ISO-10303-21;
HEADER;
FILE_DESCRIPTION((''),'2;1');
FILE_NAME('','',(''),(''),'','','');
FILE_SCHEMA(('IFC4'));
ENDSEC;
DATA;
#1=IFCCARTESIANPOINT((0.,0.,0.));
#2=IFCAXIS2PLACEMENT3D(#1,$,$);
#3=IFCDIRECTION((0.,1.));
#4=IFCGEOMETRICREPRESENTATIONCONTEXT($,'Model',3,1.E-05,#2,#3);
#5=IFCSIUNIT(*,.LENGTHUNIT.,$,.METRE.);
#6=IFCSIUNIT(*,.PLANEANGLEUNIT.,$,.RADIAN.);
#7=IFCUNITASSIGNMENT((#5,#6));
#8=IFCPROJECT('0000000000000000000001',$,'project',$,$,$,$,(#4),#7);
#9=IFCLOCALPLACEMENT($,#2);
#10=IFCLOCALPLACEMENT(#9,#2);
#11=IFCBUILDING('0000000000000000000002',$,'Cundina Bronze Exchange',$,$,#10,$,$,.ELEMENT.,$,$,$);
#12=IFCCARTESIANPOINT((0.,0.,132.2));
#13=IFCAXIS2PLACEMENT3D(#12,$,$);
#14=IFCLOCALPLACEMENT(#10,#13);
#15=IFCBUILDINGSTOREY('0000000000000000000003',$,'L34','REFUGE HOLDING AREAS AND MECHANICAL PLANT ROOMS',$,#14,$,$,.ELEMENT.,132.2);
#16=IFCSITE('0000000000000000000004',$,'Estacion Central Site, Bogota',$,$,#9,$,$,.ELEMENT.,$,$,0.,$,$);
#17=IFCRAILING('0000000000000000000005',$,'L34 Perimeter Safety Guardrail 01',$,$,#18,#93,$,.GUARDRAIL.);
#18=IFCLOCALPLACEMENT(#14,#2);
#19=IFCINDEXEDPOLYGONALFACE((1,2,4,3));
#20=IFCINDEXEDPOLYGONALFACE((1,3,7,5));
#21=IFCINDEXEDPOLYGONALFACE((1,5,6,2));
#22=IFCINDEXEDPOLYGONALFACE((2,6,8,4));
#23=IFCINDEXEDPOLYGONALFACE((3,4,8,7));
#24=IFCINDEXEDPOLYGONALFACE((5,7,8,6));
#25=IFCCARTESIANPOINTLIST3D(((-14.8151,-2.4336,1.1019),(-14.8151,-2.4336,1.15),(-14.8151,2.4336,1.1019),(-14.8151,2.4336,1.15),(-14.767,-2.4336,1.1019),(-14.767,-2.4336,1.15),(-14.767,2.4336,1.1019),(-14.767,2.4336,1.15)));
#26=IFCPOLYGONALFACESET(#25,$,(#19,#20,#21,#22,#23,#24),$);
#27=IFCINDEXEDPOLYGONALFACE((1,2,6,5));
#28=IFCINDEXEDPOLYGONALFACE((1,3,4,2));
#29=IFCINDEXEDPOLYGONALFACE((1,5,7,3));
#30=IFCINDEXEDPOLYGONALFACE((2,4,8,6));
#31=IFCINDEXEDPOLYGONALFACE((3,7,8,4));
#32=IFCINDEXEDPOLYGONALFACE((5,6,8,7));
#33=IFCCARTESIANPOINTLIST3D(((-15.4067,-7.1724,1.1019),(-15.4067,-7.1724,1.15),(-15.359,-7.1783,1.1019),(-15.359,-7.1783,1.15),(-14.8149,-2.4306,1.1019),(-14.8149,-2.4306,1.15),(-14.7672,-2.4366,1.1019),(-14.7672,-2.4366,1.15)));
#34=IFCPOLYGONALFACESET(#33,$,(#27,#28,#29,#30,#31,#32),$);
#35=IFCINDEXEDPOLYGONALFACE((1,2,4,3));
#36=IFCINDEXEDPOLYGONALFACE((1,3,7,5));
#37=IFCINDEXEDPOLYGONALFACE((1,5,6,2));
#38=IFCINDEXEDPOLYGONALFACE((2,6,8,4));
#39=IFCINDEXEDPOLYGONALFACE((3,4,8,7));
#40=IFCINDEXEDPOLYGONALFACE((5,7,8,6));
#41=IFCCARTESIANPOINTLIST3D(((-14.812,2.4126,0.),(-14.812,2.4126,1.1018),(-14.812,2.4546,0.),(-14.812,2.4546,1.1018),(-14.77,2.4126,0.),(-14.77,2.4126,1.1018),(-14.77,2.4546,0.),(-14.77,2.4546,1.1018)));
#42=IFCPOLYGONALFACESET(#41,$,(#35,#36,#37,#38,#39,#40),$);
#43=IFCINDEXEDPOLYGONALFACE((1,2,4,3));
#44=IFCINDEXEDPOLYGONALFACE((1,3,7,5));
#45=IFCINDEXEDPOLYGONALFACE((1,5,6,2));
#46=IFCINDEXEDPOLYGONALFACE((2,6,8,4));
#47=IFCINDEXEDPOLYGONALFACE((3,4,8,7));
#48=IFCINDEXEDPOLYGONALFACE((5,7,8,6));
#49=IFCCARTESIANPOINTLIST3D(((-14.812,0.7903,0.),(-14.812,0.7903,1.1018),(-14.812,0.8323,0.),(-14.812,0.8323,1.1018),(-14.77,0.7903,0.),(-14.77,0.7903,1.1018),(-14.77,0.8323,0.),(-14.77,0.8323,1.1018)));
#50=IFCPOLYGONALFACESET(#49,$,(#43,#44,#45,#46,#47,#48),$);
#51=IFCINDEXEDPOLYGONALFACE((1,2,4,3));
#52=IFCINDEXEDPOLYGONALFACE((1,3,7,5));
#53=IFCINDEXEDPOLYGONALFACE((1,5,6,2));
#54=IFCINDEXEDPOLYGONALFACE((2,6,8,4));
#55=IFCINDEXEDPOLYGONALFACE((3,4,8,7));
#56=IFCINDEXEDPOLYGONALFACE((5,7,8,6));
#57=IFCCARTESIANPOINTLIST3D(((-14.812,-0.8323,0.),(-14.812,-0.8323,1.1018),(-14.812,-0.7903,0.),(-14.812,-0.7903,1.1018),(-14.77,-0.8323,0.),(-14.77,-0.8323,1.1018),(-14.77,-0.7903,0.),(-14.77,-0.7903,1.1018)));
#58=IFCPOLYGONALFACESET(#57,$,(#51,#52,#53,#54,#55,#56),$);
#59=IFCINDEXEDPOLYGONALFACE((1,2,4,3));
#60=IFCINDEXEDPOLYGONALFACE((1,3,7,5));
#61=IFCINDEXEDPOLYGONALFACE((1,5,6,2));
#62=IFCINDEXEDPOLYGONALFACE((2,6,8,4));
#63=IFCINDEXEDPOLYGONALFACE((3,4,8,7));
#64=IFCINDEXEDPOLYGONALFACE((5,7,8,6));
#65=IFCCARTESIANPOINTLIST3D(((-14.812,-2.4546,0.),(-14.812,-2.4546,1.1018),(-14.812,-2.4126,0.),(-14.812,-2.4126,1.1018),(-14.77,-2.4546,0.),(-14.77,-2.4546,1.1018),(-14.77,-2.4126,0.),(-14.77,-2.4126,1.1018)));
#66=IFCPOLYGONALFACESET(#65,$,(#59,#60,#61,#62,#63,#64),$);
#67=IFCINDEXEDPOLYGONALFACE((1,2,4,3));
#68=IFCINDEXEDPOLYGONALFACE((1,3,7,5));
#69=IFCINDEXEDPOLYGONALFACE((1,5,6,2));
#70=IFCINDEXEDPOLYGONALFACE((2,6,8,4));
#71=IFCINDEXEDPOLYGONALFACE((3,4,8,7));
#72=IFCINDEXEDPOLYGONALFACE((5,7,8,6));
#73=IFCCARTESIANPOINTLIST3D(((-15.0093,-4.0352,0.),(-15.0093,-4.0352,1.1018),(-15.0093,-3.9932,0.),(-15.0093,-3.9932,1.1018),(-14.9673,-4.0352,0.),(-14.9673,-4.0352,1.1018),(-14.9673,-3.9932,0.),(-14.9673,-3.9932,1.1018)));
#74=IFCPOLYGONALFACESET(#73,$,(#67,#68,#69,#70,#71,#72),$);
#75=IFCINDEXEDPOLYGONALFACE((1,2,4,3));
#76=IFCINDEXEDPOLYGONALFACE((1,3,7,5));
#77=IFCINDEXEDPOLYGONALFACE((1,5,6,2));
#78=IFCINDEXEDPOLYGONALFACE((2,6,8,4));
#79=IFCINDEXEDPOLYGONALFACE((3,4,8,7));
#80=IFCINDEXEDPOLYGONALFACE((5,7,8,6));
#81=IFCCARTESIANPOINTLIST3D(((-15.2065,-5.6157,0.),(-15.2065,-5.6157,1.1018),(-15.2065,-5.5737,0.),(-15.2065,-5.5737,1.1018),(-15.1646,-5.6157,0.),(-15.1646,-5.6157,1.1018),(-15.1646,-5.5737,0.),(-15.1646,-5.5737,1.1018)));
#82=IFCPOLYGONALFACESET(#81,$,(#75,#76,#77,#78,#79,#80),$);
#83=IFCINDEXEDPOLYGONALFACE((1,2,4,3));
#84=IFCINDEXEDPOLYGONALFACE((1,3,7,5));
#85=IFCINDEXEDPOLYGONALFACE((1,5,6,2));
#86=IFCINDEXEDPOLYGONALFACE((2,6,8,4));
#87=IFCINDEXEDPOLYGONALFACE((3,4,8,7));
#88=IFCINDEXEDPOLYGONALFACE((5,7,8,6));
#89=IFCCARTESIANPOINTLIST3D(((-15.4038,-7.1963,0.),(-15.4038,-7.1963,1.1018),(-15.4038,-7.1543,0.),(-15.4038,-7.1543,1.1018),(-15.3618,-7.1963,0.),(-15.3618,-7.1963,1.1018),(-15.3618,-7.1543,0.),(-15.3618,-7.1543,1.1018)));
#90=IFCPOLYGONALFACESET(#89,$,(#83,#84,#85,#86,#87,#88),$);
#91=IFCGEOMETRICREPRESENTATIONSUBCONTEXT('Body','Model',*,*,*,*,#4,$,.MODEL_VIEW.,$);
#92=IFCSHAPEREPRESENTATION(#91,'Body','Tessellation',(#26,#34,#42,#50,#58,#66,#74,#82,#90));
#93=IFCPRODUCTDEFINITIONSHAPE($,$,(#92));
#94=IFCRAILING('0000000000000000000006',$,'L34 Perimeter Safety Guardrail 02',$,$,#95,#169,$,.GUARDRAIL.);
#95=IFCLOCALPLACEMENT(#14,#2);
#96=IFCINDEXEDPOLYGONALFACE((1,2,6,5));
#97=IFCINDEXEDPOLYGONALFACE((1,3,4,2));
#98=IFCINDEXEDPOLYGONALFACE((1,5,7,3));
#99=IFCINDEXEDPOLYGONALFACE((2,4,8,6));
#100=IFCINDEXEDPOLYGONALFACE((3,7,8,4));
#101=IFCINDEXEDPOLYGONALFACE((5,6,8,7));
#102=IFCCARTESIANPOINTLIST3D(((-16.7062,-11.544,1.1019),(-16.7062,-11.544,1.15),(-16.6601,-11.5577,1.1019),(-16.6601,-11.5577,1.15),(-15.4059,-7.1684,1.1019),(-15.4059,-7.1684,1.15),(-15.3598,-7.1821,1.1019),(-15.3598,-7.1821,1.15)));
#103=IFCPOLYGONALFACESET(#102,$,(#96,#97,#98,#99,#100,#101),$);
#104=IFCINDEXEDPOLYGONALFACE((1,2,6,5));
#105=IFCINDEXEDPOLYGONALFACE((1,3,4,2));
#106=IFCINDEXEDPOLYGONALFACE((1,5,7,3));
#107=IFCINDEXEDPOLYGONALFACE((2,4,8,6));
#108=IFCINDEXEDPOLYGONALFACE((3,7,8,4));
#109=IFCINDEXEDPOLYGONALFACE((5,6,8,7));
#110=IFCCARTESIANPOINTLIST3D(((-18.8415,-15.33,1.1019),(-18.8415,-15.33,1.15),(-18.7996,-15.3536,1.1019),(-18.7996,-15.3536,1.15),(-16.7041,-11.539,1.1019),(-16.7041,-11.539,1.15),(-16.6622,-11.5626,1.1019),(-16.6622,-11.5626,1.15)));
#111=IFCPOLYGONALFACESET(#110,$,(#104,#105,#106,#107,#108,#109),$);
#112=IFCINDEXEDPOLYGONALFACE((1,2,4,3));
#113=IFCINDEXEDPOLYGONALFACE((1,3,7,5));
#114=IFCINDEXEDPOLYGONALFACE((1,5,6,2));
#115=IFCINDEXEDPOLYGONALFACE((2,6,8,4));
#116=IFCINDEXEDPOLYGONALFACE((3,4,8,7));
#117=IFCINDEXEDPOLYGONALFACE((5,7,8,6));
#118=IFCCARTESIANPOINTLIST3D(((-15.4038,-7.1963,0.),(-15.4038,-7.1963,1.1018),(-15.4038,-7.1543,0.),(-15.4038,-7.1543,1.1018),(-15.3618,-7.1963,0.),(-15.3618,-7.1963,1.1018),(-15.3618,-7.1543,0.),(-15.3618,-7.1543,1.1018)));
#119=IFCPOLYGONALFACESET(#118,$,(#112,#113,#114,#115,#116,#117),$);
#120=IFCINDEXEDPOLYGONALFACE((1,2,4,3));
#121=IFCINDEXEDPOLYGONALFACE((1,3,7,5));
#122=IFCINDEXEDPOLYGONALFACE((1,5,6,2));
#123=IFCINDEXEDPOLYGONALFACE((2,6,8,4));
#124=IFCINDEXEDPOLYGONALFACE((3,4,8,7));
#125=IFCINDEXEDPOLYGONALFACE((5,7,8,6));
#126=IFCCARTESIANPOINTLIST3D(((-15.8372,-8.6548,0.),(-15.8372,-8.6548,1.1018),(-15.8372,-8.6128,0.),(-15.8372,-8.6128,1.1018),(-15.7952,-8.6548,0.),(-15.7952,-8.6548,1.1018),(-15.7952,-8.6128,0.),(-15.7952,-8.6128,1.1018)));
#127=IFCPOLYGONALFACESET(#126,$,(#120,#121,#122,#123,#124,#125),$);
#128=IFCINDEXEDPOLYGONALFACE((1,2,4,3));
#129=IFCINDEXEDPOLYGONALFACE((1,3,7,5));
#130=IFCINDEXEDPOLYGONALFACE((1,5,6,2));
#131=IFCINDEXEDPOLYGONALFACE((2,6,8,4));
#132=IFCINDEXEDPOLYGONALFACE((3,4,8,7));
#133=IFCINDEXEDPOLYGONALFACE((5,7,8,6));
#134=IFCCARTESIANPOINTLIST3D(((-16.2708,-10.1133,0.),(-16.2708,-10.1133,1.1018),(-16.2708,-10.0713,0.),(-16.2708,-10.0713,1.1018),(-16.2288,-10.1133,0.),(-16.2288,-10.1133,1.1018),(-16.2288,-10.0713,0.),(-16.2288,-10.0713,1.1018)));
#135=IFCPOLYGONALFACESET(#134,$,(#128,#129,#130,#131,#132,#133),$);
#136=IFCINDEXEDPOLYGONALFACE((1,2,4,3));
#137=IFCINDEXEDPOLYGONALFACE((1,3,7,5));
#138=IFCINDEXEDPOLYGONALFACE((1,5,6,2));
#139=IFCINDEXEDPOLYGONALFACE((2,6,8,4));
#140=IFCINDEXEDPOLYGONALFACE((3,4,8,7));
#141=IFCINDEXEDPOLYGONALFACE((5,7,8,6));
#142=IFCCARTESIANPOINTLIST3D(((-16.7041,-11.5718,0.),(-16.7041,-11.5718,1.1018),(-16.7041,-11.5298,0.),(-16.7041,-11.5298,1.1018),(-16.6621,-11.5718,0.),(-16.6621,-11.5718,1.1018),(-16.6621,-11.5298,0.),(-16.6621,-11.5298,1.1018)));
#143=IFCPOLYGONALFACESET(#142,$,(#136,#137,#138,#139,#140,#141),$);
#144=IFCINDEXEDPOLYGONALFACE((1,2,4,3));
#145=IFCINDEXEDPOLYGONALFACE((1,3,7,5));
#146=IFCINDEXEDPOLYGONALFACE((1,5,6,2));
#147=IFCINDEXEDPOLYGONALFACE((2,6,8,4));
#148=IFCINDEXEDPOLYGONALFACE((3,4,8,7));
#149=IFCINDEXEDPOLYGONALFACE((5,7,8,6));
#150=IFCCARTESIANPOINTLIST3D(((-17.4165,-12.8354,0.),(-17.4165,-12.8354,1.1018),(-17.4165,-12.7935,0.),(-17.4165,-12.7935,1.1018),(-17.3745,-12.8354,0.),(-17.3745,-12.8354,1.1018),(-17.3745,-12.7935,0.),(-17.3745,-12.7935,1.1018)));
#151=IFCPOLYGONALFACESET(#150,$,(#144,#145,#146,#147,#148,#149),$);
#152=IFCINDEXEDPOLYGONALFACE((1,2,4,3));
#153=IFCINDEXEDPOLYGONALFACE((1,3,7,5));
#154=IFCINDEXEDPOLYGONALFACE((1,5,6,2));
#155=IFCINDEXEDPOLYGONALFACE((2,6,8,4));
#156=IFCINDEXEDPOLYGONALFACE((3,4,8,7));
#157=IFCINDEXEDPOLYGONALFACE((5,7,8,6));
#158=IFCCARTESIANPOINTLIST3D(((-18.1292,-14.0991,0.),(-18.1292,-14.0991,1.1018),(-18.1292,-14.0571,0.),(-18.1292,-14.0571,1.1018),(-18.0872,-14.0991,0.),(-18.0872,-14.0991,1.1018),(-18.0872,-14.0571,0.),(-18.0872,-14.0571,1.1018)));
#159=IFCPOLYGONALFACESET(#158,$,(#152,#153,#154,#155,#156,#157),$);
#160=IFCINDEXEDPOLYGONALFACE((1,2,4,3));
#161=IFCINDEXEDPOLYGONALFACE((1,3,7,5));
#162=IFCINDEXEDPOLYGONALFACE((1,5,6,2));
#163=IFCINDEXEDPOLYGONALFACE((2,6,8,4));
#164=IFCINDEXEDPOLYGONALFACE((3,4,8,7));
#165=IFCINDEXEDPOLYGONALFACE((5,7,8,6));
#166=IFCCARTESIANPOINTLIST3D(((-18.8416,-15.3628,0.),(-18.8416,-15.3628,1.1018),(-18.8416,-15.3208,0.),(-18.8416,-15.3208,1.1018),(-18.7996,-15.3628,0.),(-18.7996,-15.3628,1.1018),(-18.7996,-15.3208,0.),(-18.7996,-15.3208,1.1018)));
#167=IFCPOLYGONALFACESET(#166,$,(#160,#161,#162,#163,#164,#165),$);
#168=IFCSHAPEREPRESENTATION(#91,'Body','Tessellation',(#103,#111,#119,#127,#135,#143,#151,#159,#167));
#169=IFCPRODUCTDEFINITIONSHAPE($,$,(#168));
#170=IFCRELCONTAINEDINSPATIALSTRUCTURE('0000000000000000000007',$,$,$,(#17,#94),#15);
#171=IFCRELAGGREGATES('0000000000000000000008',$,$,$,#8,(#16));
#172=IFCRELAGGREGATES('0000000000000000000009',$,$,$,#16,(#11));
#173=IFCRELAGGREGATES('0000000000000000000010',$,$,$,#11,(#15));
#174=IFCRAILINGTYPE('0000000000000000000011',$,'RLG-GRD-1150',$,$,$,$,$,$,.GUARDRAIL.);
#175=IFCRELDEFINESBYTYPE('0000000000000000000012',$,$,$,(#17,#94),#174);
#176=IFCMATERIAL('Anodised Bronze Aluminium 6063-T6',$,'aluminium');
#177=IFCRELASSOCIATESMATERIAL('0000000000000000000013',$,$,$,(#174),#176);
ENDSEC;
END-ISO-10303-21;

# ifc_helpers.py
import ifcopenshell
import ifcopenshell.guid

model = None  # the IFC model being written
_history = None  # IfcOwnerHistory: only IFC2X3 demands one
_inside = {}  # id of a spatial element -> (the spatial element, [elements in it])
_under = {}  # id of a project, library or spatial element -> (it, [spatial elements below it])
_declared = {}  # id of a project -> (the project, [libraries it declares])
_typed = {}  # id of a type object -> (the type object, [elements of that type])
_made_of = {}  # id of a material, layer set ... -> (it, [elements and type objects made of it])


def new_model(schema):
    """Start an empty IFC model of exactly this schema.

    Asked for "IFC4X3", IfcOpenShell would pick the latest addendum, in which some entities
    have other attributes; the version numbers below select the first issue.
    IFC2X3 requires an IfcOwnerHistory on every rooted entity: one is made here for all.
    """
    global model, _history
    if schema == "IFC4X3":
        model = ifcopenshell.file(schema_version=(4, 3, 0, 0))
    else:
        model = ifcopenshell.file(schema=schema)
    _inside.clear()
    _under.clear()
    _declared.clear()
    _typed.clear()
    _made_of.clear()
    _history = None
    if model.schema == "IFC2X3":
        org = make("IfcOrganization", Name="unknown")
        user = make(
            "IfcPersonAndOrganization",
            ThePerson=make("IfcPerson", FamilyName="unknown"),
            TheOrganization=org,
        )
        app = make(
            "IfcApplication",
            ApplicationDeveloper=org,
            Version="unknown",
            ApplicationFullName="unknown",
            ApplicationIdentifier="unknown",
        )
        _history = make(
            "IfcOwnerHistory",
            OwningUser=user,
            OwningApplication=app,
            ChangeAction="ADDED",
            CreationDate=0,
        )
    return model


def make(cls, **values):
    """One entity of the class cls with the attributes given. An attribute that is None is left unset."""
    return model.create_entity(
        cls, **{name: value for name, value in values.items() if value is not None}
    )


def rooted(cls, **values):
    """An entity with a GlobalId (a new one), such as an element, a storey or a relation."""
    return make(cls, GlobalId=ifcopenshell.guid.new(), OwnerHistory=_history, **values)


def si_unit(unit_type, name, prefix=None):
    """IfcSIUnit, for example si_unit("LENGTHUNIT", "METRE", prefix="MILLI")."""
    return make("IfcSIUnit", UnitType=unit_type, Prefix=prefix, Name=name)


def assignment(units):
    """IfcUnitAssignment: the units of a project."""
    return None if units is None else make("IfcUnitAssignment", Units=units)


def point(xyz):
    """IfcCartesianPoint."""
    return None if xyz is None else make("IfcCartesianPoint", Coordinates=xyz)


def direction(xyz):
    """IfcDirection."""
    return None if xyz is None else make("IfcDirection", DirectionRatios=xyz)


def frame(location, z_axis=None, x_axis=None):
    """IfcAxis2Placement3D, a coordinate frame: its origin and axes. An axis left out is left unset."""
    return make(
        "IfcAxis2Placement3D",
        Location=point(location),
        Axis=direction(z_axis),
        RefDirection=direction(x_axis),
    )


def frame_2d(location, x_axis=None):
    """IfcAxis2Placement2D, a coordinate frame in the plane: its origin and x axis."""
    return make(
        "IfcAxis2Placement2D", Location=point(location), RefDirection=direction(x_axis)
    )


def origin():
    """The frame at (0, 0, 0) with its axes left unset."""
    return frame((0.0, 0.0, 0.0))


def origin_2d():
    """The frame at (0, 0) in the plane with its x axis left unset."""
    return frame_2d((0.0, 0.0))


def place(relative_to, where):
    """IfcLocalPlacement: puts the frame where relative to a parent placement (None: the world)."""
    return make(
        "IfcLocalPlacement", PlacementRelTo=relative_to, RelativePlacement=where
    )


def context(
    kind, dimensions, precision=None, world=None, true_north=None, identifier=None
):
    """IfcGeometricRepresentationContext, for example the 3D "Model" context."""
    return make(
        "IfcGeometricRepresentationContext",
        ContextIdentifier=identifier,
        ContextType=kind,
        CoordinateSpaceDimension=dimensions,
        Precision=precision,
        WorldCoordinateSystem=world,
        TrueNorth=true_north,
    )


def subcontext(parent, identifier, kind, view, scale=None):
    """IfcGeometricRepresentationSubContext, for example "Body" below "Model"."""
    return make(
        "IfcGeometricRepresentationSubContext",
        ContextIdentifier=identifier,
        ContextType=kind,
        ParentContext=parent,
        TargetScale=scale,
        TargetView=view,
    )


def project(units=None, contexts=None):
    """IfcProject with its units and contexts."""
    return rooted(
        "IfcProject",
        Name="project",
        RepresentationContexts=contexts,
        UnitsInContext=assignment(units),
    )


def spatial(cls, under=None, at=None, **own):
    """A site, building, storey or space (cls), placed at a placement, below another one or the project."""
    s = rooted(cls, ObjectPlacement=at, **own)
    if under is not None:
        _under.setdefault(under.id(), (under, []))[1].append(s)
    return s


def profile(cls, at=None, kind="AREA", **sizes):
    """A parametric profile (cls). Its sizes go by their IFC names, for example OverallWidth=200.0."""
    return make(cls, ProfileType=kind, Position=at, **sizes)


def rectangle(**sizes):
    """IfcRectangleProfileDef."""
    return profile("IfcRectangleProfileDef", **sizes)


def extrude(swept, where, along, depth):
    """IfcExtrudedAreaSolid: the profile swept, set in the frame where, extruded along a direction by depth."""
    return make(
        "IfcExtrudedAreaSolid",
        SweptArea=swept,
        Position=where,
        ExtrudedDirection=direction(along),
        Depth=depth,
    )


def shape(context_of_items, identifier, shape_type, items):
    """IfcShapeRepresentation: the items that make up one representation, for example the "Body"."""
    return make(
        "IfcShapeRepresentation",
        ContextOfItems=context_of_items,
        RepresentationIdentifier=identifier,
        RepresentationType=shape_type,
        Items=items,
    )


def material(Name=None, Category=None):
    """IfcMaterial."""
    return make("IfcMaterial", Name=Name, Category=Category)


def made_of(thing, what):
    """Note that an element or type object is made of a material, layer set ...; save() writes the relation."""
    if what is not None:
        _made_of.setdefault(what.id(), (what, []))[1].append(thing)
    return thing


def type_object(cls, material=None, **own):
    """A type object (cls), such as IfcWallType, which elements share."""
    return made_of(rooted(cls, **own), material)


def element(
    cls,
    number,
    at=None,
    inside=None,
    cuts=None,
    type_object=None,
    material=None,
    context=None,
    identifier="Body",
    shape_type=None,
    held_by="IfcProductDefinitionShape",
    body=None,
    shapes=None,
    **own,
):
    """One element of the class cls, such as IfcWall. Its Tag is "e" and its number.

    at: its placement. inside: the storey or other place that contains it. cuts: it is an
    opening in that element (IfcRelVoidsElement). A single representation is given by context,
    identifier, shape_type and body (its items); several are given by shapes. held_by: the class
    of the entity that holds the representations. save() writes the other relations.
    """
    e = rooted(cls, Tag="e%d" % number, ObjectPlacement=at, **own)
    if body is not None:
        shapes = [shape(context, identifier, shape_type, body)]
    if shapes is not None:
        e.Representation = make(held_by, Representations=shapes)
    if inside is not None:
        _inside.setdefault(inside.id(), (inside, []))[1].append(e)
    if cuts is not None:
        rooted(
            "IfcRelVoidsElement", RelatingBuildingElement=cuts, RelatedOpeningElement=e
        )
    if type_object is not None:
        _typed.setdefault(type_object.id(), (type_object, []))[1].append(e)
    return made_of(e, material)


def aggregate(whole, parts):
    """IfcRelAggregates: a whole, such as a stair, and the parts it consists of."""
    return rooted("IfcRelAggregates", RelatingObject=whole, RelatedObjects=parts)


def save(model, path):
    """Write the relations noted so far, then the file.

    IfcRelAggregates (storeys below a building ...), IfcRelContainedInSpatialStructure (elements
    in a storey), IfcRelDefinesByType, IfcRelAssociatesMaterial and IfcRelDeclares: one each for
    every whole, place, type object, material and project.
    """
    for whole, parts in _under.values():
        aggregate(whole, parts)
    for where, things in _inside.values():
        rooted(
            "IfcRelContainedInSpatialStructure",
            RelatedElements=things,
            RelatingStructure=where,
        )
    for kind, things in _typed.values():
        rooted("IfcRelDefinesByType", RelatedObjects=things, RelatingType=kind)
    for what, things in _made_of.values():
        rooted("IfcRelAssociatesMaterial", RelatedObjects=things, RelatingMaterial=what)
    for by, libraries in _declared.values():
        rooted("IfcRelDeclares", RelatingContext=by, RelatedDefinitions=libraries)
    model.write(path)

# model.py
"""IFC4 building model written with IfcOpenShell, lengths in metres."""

from ifc_helpers import new_model, si_unit, direction, frame, origin, origin_2d, place, context, subcontext, project, spatial, rectangle, extrude, material, type_object, element, save


model = new_model("IFC4")

# Units and contexts
model_context = context("Model", 3, precision=1e-05, world=origin(), true_north=direction((0.0, 1.0)))
body_context = subcontext(model_context, "Body", "Model", "MODEL_VIEW")
ifc_project = project(units=[si_unit("LENGTHUNIT", "METRE"), si_unit("PLANEANGLEUNIT", "RADIAN")], contexts=[model_context])

# Site, building, storey
site_placement = place(None, origin())
site = spatial("IfcSite", under=ifc_project, at=site_placement, Name="Estacion Central Site, Bogota", CompositionType="ELEMENT", RefElevation=0.0)
building_placement = place(site_placement, origin())
building = spatial("IfcBuilding", under=site, at=building_placement, Name="Cundina Bronze Exchange", CompositionType="ELEMENT")
storey_placement = place(building_placement, frame((0.0, 0.0, 132.2)))
storey = spatial("IfcBuildingStorey", under=building, at=storey_placement, Name="L34", Description="REFUGE HOLDING AREAS AND MECHANICAL PLANT ROOMS", CompositionType="ELEMENT", Elevation=132.2)

# Railings
ifc_material_1 = material(Name="Anodised Bronze Aluminium 6063-T6", Category="aluminium")
railing_type = type_object("IfcRailingType", Name="RLG-GRD-1150", PredefinedType="GUARDRAIL", material=ifc_material_1)
railing_1_placement = place(storey_placement, frame((-14.791, 2.4336, 0.0)))
element("IfcRailing", 1, at=railing_1_placement, inside=storey, type_object=railing_type, Name="L34 Perimeter Safety Guardrail 01", PredefinedType="GUARDRAIL", context=body_context, shape_type="SweptSolid", body=[
    extrude(rectangle(XDim=0.0481, YDim=0.0481, at=origin_2d()), frame((0.0, 0.0, 1.126), z_axis=(0.0, -1.0, 0.0), x_axis=(1.0, 0.0, 0.0)), (0.0, 0.0, 1.0), 4.8672),
    extrude(rectangle(XDim=0.0481, YDim=0.0481, at=origin_2d()), frame((0.0, -4.8672, 1.126), z_axis=(-0.123846, -0.992301, 0.0), x_axis=(0.992301, -0.123846, 0.0)), (0.0, 0.0, 1.0), 4.7786),
    extrude(rectangle(XDim=0.042, YDim=0.042, at=origin_2d()), origin(), (0.0, 0.0, 1.0), 1.1018),
    extrude(rectangle(XDim=0.042, YDim=0.042, at=origin_2d()), frame((0.0, -1.6223, 0.0)), (0.0, 0.0, 1.0), 1.1018),
    extrude(rectangle(XDim=0.042, YDim=0.042, at=origin_2d()), frame((0.0, -3.2449, 0.0)), (0.0, 0.0, 1.0), 1.1018),
    extrude(rectangle(XDim=0.042, YDim=0.042, at=origin_2d()), frame((0.0, -4.8672, 0.0)), (0.0, 0.0, 1.0), 1.1018),
    extrude(rectangle(XDim=0.042, YDim=0.042, at=origin_2d()), frame((-0.1973, -6.4478, 0.0)), (0.0, 0.0, 1.0), 1.1018),
    extrude(rectangle(XDim=0.042, YDim=0.042, at=origin_2d()), frame((-0.3945, -8.0283, 0.0)), (0.0, 0.0, 1.0), 1.1018),
    extrude(rectangle(XDim=0.042, YDim=0.042, at=origin_2d()), frame((-0.5918, -9.6089, 0.0)), (0.0, 0.0, 1.0), 1.1018),
])
railing_2_placement = place(storey_placement, frame((-15.3828, -7.1753, 0.0)))
element("IfcRailing", 2, at=railing_2_placement, inside=storey, type_object=railing_type, Name="L34 Perimeter Safety Guardrail 02", PredefinedType="GUARDRAIL", context=body_context, shape_type="SweptSolid", body=[
    extrude(rectangle(XDim=0.0481, YDim=0.0481, at=origin_2d()), frame((0.0, 0.0, 1.126), z_axis=(-0.284864, -0.958568, 0.0), x_axis=(0.958568, -0.284864, 0.0)), (0.0, 0.0, 1.0), 4.5647),
    extrude(rectangle(XDim=0.0481, YDim=0.0481, at=origin_2d()), frame((-1.3003, -4.3755, 1.126), z_axis=(-0.491135, -0.871084, 0.0), x_axis=(0.871084, -0.491135, 0.0)), (0.0, 0.0, 1.0), 4.3521),
    extrude(rectangle(XDim=0.042, YDim=0.042, at=origin_2d()), origin(), (0.0, 0.0, 1.0), 1.1018),
    extrude(rectangle(XDim=0.042, YDim=0.042, at=origin_2d()), frame((-0.4333, -1.4585, 0.0)), (0.0, 0.0, 1.0), 1.1018),
    extrude(rectangle(XDim=0.042, YDim=0.042, at=origin_2d()), frame((-0.8669, -2.917, 0.0)), (0.0, 0.0, 1.0), 1.1018),
    extrude(rectangle(XDim=0.042, YDim=0.042, at=origin_2d()), frame((-1.3003, -4.3755, 0.0)), (0.0, 0.0, 1.0), 1.1018),
    extrude(rectangle(XDim=0.042, YDim=0.042, at=origin_2d()), frame((-2.0127, -5.6392, 0.0)), (0.0, 0.0, 1.0), 1.1018),
    extrude(rectangle(XDim=0.042, YDim=0.042, at=origin_2d()), frame((-2.7253, -6.9028, 0.0)), (0.0, 0.0, 1.0), 1.1018),
    extrude(rectangle(XDim=0.042, YDim=0.042, at=origin_2d()), frame((-3.4377, -8.1665, 0.0)), (0.0, 0.0, 1.0), 1.1018),
])

save(model, "model.ifc")
